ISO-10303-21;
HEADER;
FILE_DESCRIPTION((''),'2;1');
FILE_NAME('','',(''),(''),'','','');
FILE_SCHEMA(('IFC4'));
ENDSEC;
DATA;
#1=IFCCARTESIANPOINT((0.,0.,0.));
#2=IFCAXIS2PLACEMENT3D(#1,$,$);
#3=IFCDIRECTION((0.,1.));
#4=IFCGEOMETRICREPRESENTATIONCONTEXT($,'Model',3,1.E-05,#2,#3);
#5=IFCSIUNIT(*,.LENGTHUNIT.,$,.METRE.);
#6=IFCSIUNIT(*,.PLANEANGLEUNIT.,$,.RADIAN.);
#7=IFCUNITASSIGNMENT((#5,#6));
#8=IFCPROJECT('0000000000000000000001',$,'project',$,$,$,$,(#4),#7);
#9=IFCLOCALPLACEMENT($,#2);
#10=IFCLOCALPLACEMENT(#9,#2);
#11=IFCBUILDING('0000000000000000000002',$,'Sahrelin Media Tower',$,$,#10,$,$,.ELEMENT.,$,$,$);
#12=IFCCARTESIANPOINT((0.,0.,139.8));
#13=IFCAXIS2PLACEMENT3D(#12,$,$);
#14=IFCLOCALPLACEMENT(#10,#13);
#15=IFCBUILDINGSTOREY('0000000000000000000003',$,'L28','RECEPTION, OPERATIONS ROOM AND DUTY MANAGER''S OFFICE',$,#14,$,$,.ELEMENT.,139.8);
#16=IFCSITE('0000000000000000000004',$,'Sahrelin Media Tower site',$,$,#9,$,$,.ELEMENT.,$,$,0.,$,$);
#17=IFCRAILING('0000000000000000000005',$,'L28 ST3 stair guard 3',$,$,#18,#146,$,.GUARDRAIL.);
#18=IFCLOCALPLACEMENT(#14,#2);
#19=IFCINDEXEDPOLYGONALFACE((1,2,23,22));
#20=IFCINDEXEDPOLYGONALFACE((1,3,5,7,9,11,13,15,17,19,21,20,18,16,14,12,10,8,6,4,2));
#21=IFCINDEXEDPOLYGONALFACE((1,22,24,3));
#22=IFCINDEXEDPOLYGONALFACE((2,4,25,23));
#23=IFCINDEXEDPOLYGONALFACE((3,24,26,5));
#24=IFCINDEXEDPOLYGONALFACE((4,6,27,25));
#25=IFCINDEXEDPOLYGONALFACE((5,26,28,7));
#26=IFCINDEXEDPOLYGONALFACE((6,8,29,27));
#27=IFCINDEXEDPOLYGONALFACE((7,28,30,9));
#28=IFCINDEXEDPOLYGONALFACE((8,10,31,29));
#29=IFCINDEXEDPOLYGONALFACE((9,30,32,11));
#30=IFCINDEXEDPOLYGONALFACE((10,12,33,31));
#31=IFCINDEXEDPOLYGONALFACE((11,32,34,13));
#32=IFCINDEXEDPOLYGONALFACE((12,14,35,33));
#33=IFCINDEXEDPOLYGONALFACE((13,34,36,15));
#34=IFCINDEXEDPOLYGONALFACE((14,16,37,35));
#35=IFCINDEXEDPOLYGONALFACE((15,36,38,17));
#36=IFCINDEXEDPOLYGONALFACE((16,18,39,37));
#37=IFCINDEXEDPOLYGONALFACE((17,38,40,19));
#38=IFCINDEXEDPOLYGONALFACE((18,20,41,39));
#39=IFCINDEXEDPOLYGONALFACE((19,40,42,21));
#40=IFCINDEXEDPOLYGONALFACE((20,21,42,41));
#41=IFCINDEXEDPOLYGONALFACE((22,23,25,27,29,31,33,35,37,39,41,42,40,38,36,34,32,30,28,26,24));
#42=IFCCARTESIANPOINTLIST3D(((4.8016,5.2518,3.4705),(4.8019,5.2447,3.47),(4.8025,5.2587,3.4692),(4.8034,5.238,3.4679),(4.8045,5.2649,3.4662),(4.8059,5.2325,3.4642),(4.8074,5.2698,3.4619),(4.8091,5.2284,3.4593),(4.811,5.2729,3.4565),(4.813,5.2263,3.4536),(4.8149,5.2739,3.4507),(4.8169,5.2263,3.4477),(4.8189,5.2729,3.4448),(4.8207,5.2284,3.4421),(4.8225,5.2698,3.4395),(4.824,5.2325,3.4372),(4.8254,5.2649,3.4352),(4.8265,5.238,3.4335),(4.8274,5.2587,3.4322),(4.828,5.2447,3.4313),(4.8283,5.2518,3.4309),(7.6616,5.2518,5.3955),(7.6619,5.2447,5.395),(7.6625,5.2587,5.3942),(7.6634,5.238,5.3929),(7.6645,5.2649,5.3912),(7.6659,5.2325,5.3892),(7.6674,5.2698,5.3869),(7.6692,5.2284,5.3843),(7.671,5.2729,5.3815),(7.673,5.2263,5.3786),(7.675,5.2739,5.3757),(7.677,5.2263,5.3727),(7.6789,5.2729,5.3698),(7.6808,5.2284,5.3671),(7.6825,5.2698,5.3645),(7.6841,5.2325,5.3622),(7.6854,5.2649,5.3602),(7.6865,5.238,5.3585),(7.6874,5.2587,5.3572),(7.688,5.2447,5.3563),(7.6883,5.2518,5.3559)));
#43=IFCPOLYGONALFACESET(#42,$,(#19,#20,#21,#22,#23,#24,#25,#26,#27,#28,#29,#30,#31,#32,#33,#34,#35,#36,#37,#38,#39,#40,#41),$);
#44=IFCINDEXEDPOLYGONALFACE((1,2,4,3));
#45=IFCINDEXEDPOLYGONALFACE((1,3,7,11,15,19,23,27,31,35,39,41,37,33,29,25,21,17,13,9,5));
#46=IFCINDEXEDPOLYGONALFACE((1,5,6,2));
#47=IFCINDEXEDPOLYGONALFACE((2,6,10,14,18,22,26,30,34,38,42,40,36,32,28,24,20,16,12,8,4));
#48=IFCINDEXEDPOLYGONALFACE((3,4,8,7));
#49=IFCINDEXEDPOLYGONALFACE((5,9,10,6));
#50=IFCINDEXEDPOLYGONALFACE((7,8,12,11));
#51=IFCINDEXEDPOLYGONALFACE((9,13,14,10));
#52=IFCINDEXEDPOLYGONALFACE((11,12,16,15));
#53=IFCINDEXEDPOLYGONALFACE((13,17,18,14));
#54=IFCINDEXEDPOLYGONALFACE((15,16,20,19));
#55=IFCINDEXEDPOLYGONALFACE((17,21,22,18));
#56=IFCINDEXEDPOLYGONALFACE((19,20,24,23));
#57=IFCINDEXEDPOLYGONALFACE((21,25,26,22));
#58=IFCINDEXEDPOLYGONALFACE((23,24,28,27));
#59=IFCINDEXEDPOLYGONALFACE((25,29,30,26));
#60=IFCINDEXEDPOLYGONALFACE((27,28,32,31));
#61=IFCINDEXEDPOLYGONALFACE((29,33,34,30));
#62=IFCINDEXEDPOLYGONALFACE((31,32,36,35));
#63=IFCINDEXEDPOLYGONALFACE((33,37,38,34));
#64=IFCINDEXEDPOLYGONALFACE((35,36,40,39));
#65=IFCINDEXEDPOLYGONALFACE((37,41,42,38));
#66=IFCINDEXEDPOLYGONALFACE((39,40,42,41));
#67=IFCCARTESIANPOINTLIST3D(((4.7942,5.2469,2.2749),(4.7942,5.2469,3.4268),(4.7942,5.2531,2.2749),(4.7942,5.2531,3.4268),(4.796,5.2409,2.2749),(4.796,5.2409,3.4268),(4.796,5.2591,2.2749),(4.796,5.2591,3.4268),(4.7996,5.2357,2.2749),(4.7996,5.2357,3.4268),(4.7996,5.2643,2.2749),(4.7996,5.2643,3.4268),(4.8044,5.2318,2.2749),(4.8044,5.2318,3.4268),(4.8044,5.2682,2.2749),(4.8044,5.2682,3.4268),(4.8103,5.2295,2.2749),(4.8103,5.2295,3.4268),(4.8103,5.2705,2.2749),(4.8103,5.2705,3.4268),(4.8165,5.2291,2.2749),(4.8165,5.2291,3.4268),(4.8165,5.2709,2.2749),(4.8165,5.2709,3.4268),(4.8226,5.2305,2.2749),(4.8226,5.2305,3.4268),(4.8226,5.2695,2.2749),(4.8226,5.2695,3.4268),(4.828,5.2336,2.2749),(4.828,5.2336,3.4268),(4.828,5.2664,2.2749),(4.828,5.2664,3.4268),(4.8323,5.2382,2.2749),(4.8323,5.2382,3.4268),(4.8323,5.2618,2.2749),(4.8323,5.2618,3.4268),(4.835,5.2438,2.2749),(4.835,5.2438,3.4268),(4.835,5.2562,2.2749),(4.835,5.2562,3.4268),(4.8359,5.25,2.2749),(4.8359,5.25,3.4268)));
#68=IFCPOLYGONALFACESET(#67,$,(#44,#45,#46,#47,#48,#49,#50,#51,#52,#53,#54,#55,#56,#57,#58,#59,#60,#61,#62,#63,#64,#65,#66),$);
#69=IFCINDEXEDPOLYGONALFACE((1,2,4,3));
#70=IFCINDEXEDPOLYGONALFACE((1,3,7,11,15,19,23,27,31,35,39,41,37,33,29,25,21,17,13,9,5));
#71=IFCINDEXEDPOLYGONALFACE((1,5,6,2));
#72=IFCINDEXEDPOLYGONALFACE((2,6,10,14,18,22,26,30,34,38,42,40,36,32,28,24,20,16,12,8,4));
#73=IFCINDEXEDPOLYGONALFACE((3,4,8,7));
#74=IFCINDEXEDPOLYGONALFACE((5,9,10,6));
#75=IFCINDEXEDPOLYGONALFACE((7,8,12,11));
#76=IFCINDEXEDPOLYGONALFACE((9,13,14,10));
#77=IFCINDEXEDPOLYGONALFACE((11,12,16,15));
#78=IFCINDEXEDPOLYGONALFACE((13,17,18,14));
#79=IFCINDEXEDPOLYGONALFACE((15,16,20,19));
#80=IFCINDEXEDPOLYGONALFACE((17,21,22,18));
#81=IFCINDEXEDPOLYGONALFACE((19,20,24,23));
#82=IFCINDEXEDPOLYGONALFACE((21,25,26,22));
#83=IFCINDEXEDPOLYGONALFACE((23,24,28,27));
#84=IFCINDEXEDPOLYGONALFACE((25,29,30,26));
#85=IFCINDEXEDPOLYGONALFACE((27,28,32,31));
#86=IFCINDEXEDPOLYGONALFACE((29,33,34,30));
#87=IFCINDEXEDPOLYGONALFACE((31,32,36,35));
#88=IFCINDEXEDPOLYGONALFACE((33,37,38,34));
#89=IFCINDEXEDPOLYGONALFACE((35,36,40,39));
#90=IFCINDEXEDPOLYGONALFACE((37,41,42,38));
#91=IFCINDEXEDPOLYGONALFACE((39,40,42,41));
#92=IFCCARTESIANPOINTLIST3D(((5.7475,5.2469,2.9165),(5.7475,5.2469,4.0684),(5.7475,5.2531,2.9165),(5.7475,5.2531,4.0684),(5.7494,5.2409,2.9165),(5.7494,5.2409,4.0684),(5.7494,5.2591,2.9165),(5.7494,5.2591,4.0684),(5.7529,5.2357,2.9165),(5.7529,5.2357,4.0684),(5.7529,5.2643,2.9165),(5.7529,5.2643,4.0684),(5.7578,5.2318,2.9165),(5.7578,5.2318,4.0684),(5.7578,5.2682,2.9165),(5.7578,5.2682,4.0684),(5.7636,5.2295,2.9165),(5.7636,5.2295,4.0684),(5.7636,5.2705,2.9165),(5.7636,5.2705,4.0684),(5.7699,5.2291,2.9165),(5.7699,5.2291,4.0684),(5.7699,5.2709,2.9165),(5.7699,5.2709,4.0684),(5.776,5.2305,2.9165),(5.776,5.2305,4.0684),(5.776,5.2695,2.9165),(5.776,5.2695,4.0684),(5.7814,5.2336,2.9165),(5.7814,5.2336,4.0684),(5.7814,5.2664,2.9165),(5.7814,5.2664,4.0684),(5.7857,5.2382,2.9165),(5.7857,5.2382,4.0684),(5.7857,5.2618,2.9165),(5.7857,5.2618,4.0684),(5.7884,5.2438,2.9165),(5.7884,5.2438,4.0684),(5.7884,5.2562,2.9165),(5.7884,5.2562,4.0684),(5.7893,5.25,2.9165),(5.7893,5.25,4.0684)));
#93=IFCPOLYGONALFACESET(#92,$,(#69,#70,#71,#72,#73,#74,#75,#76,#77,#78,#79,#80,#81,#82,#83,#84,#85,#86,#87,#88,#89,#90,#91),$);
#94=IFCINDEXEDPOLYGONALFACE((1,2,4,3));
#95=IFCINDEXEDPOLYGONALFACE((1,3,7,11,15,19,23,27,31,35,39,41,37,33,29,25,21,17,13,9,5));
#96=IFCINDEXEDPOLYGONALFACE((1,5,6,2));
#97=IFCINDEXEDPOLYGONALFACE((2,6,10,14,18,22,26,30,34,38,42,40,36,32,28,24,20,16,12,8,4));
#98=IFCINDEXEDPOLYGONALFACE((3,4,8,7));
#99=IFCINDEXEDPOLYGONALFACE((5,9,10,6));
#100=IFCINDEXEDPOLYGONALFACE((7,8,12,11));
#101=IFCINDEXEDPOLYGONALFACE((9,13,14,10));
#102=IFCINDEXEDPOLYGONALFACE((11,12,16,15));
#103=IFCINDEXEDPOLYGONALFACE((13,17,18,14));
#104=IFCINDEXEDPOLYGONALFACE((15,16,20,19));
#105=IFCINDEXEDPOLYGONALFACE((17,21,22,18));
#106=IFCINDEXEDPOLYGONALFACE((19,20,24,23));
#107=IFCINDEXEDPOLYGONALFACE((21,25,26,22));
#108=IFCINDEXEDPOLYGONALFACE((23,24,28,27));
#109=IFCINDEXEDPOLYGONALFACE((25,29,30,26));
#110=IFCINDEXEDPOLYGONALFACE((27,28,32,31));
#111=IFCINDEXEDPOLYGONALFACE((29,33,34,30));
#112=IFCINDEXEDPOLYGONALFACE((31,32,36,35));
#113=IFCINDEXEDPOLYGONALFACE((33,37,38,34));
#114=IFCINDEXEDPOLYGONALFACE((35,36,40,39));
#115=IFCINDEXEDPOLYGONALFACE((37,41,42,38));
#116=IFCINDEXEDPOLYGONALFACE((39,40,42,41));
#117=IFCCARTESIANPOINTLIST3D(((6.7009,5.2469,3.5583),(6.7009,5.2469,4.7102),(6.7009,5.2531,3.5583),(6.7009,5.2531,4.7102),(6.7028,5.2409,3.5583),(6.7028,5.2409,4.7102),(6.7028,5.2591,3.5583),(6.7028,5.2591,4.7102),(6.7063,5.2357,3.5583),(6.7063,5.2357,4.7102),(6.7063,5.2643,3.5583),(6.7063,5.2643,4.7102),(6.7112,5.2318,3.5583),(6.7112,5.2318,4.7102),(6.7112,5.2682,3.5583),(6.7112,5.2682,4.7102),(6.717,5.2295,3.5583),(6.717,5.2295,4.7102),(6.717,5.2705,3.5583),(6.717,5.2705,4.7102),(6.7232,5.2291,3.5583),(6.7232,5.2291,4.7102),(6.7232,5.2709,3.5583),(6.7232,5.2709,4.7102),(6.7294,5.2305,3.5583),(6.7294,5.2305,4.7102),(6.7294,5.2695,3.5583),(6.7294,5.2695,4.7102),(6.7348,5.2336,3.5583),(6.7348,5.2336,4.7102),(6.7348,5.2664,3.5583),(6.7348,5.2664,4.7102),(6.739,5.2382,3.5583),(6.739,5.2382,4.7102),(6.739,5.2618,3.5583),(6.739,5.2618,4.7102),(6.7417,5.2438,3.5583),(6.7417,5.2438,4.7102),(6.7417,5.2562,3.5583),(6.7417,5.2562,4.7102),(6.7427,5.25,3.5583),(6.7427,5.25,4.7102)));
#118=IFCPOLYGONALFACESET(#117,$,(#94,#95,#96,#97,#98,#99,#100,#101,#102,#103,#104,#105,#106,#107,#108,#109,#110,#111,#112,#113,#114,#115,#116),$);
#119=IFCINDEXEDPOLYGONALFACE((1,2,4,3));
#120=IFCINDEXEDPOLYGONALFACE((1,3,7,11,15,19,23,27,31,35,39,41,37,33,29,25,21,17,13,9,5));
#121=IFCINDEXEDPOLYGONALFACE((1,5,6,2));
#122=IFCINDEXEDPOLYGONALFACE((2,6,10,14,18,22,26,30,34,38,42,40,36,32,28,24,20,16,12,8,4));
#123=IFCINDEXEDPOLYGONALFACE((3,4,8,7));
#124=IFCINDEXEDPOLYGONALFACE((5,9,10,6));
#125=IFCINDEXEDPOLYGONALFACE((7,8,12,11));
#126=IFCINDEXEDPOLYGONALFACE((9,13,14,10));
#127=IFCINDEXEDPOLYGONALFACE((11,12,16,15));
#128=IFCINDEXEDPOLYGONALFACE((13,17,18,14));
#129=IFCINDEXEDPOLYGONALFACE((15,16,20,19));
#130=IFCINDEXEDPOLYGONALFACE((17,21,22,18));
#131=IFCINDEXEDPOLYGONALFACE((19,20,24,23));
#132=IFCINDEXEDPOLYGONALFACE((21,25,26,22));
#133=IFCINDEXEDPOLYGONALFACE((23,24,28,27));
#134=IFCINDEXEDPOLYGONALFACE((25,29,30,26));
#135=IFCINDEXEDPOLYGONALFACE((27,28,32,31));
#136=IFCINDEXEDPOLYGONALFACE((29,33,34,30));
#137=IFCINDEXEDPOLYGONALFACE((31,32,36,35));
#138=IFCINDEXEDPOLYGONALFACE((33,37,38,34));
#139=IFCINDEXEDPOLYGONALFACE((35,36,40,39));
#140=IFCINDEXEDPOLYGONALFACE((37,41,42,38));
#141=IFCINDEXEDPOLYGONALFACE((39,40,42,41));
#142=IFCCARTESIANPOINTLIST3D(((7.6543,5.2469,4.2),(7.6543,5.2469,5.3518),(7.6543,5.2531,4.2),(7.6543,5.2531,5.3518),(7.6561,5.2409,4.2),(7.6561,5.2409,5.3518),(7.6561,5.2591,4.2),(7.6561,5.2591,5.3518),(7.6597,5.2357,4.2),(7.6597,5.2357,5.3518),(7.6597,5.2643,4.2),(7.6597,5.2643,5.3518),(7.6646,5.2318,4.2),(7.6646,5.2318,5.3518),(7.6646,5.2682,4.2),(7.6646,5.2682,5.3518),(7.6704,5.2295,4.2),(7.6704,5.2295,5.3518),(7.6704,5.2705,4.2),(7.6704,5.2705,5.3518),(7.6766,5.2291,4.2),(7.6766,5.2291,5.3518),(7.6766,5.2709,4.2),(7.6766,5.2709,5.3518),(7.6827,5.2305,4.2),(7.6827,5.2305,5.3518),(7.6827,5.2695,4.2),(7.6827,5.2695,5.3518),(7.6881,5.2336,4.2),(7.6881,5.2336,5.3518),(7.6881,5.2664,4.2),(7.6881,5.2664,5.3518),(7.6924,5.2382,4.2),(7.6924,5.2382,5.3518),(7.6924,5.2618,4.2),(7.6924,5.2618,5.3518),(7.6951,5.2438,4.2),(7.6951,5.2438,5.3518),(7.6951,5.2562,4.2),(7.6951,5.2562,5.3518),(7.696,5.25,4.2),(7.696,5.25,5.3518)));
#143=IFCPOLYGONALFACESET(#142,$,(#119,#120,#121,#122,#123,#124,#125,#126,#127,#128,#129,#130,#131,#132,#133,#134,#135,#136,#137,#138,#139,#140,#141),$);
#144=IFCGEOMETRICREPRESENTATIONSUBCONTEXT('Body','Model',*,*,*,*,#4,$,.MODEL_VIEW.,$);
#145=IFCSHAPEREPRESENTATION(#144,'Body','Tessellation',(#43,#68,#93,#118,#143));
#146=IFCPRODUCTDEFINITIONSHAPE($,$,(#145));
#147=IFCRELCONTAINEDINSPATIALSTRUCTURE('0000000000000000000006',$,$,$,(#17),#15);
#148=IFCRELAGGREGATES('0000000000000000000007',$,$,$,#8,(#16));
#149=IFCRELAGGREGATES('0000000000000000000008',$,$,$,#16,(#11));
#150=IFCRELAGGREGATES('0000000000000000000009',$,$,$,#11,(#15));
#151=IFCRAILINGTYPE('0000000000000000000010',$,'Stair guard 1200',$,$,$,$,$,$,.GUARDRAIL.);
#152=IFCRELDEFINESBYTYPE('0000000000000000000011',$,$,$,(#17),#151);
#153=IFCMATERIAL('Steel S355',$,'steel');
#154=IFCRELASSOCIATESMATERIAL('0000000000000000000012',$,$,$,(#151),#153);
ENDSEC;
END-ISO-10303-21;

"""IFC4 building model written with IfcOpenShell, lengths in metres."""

from ifc_helpers import new_model, si_unit, direction, frame, origin, origin_2d, place, context, subcontext, project, spatial, circle, extrude, material, type_object, element, save


model = new_model("IFC4")

# Units and contexts
model_context = context("Model", 3, precision=1e-05, world=origin(), true_north=direction((0.0, 1.0)))
body_context = subcontext(model_context, "Body", "Model", "MODEL_VIEW")
ifc_project = project(units=[si_unit("LENGTHUNIT", "METRE"), si_unit("PLANEANGLEUNIT", "RADIAN")], contexts=[model_context])

# Site, building, storey
site_placement = place(None, origin())
site = spatial("IfcSite", under=ifc_project, at=site_placement, Name="Sahrelin Media Tower site", CompositionType="ELEMENT", RefElevation=0.0)
building_placement = place(site_placement, origin())
building = spatial("IfcBuilding", under=site, at=building_placement, Name="Sahrelin Media Tower", CompositionType="ELEMENT")
storey_placement = place(building_placement, frame((0.0, 0.0, 139.8)))
storey = spatial("IfcBuildingStorey", under=building, at=storey_placement, Name="L28", Description="RECEPTION, OPERATIONS ROOM AND DUTY MANAGER'S OFFICE", CompositionType="ELEMENT", Elevation=139.8)

# Shared definitions
ifc_material_1 = material(Name="Steel S355", Category="steel")

# Railing
railing_type_1 = type_object("IfcRailingType", Name="Stair guard 1200", PredefinedType="GUARDRAIL", material=ifc_material_1)
railing_1_placement = place(storey_placement, frame((4.8149, 5.25, 2.2749)))
element("IfcRailing", 1, at=railing_1_placement, inside=storey, type_object=railing_type_1, Name="L28 ST3 stair guard 3", PredefinedType="GUARDRAIL", context=body_context, shape_type="SweptSolid", body=[
    extrude(circle(Radius=0.0239, at=origin_2d()), frame((0.0, 0.0, 1.1758), z_axis=(0.829591, 0.0, 0.558372), x_axis=(0.0, 1.0, 0.0)), (0.0, 0.0, 1.0), 3.4475),
    extrude(circle(Radius=0.021, at=origin_2d()), origin(), (0.0, 0.0, 1.0), 1.1519),
    extrude(circle(Radius=0.021, at=origin_2d()), frame((0.9534, 0.0, 0.6416)), (0.0, 0.0, 1.0), 1.1519),
    extrude(circle(Radius=0.021, at=origin_2d()), frame((1.9067, 0.0, 1.2834)), (0.0, 0.0, 1.0), 1.1519),
    extrude(circle(Radius=0.021, at=origin_2d()), frame((2.8601, 0.0, 1.925)), (0.0, 0.0, 1.0), 1.1519),
])

save(model, "model.ifc")
